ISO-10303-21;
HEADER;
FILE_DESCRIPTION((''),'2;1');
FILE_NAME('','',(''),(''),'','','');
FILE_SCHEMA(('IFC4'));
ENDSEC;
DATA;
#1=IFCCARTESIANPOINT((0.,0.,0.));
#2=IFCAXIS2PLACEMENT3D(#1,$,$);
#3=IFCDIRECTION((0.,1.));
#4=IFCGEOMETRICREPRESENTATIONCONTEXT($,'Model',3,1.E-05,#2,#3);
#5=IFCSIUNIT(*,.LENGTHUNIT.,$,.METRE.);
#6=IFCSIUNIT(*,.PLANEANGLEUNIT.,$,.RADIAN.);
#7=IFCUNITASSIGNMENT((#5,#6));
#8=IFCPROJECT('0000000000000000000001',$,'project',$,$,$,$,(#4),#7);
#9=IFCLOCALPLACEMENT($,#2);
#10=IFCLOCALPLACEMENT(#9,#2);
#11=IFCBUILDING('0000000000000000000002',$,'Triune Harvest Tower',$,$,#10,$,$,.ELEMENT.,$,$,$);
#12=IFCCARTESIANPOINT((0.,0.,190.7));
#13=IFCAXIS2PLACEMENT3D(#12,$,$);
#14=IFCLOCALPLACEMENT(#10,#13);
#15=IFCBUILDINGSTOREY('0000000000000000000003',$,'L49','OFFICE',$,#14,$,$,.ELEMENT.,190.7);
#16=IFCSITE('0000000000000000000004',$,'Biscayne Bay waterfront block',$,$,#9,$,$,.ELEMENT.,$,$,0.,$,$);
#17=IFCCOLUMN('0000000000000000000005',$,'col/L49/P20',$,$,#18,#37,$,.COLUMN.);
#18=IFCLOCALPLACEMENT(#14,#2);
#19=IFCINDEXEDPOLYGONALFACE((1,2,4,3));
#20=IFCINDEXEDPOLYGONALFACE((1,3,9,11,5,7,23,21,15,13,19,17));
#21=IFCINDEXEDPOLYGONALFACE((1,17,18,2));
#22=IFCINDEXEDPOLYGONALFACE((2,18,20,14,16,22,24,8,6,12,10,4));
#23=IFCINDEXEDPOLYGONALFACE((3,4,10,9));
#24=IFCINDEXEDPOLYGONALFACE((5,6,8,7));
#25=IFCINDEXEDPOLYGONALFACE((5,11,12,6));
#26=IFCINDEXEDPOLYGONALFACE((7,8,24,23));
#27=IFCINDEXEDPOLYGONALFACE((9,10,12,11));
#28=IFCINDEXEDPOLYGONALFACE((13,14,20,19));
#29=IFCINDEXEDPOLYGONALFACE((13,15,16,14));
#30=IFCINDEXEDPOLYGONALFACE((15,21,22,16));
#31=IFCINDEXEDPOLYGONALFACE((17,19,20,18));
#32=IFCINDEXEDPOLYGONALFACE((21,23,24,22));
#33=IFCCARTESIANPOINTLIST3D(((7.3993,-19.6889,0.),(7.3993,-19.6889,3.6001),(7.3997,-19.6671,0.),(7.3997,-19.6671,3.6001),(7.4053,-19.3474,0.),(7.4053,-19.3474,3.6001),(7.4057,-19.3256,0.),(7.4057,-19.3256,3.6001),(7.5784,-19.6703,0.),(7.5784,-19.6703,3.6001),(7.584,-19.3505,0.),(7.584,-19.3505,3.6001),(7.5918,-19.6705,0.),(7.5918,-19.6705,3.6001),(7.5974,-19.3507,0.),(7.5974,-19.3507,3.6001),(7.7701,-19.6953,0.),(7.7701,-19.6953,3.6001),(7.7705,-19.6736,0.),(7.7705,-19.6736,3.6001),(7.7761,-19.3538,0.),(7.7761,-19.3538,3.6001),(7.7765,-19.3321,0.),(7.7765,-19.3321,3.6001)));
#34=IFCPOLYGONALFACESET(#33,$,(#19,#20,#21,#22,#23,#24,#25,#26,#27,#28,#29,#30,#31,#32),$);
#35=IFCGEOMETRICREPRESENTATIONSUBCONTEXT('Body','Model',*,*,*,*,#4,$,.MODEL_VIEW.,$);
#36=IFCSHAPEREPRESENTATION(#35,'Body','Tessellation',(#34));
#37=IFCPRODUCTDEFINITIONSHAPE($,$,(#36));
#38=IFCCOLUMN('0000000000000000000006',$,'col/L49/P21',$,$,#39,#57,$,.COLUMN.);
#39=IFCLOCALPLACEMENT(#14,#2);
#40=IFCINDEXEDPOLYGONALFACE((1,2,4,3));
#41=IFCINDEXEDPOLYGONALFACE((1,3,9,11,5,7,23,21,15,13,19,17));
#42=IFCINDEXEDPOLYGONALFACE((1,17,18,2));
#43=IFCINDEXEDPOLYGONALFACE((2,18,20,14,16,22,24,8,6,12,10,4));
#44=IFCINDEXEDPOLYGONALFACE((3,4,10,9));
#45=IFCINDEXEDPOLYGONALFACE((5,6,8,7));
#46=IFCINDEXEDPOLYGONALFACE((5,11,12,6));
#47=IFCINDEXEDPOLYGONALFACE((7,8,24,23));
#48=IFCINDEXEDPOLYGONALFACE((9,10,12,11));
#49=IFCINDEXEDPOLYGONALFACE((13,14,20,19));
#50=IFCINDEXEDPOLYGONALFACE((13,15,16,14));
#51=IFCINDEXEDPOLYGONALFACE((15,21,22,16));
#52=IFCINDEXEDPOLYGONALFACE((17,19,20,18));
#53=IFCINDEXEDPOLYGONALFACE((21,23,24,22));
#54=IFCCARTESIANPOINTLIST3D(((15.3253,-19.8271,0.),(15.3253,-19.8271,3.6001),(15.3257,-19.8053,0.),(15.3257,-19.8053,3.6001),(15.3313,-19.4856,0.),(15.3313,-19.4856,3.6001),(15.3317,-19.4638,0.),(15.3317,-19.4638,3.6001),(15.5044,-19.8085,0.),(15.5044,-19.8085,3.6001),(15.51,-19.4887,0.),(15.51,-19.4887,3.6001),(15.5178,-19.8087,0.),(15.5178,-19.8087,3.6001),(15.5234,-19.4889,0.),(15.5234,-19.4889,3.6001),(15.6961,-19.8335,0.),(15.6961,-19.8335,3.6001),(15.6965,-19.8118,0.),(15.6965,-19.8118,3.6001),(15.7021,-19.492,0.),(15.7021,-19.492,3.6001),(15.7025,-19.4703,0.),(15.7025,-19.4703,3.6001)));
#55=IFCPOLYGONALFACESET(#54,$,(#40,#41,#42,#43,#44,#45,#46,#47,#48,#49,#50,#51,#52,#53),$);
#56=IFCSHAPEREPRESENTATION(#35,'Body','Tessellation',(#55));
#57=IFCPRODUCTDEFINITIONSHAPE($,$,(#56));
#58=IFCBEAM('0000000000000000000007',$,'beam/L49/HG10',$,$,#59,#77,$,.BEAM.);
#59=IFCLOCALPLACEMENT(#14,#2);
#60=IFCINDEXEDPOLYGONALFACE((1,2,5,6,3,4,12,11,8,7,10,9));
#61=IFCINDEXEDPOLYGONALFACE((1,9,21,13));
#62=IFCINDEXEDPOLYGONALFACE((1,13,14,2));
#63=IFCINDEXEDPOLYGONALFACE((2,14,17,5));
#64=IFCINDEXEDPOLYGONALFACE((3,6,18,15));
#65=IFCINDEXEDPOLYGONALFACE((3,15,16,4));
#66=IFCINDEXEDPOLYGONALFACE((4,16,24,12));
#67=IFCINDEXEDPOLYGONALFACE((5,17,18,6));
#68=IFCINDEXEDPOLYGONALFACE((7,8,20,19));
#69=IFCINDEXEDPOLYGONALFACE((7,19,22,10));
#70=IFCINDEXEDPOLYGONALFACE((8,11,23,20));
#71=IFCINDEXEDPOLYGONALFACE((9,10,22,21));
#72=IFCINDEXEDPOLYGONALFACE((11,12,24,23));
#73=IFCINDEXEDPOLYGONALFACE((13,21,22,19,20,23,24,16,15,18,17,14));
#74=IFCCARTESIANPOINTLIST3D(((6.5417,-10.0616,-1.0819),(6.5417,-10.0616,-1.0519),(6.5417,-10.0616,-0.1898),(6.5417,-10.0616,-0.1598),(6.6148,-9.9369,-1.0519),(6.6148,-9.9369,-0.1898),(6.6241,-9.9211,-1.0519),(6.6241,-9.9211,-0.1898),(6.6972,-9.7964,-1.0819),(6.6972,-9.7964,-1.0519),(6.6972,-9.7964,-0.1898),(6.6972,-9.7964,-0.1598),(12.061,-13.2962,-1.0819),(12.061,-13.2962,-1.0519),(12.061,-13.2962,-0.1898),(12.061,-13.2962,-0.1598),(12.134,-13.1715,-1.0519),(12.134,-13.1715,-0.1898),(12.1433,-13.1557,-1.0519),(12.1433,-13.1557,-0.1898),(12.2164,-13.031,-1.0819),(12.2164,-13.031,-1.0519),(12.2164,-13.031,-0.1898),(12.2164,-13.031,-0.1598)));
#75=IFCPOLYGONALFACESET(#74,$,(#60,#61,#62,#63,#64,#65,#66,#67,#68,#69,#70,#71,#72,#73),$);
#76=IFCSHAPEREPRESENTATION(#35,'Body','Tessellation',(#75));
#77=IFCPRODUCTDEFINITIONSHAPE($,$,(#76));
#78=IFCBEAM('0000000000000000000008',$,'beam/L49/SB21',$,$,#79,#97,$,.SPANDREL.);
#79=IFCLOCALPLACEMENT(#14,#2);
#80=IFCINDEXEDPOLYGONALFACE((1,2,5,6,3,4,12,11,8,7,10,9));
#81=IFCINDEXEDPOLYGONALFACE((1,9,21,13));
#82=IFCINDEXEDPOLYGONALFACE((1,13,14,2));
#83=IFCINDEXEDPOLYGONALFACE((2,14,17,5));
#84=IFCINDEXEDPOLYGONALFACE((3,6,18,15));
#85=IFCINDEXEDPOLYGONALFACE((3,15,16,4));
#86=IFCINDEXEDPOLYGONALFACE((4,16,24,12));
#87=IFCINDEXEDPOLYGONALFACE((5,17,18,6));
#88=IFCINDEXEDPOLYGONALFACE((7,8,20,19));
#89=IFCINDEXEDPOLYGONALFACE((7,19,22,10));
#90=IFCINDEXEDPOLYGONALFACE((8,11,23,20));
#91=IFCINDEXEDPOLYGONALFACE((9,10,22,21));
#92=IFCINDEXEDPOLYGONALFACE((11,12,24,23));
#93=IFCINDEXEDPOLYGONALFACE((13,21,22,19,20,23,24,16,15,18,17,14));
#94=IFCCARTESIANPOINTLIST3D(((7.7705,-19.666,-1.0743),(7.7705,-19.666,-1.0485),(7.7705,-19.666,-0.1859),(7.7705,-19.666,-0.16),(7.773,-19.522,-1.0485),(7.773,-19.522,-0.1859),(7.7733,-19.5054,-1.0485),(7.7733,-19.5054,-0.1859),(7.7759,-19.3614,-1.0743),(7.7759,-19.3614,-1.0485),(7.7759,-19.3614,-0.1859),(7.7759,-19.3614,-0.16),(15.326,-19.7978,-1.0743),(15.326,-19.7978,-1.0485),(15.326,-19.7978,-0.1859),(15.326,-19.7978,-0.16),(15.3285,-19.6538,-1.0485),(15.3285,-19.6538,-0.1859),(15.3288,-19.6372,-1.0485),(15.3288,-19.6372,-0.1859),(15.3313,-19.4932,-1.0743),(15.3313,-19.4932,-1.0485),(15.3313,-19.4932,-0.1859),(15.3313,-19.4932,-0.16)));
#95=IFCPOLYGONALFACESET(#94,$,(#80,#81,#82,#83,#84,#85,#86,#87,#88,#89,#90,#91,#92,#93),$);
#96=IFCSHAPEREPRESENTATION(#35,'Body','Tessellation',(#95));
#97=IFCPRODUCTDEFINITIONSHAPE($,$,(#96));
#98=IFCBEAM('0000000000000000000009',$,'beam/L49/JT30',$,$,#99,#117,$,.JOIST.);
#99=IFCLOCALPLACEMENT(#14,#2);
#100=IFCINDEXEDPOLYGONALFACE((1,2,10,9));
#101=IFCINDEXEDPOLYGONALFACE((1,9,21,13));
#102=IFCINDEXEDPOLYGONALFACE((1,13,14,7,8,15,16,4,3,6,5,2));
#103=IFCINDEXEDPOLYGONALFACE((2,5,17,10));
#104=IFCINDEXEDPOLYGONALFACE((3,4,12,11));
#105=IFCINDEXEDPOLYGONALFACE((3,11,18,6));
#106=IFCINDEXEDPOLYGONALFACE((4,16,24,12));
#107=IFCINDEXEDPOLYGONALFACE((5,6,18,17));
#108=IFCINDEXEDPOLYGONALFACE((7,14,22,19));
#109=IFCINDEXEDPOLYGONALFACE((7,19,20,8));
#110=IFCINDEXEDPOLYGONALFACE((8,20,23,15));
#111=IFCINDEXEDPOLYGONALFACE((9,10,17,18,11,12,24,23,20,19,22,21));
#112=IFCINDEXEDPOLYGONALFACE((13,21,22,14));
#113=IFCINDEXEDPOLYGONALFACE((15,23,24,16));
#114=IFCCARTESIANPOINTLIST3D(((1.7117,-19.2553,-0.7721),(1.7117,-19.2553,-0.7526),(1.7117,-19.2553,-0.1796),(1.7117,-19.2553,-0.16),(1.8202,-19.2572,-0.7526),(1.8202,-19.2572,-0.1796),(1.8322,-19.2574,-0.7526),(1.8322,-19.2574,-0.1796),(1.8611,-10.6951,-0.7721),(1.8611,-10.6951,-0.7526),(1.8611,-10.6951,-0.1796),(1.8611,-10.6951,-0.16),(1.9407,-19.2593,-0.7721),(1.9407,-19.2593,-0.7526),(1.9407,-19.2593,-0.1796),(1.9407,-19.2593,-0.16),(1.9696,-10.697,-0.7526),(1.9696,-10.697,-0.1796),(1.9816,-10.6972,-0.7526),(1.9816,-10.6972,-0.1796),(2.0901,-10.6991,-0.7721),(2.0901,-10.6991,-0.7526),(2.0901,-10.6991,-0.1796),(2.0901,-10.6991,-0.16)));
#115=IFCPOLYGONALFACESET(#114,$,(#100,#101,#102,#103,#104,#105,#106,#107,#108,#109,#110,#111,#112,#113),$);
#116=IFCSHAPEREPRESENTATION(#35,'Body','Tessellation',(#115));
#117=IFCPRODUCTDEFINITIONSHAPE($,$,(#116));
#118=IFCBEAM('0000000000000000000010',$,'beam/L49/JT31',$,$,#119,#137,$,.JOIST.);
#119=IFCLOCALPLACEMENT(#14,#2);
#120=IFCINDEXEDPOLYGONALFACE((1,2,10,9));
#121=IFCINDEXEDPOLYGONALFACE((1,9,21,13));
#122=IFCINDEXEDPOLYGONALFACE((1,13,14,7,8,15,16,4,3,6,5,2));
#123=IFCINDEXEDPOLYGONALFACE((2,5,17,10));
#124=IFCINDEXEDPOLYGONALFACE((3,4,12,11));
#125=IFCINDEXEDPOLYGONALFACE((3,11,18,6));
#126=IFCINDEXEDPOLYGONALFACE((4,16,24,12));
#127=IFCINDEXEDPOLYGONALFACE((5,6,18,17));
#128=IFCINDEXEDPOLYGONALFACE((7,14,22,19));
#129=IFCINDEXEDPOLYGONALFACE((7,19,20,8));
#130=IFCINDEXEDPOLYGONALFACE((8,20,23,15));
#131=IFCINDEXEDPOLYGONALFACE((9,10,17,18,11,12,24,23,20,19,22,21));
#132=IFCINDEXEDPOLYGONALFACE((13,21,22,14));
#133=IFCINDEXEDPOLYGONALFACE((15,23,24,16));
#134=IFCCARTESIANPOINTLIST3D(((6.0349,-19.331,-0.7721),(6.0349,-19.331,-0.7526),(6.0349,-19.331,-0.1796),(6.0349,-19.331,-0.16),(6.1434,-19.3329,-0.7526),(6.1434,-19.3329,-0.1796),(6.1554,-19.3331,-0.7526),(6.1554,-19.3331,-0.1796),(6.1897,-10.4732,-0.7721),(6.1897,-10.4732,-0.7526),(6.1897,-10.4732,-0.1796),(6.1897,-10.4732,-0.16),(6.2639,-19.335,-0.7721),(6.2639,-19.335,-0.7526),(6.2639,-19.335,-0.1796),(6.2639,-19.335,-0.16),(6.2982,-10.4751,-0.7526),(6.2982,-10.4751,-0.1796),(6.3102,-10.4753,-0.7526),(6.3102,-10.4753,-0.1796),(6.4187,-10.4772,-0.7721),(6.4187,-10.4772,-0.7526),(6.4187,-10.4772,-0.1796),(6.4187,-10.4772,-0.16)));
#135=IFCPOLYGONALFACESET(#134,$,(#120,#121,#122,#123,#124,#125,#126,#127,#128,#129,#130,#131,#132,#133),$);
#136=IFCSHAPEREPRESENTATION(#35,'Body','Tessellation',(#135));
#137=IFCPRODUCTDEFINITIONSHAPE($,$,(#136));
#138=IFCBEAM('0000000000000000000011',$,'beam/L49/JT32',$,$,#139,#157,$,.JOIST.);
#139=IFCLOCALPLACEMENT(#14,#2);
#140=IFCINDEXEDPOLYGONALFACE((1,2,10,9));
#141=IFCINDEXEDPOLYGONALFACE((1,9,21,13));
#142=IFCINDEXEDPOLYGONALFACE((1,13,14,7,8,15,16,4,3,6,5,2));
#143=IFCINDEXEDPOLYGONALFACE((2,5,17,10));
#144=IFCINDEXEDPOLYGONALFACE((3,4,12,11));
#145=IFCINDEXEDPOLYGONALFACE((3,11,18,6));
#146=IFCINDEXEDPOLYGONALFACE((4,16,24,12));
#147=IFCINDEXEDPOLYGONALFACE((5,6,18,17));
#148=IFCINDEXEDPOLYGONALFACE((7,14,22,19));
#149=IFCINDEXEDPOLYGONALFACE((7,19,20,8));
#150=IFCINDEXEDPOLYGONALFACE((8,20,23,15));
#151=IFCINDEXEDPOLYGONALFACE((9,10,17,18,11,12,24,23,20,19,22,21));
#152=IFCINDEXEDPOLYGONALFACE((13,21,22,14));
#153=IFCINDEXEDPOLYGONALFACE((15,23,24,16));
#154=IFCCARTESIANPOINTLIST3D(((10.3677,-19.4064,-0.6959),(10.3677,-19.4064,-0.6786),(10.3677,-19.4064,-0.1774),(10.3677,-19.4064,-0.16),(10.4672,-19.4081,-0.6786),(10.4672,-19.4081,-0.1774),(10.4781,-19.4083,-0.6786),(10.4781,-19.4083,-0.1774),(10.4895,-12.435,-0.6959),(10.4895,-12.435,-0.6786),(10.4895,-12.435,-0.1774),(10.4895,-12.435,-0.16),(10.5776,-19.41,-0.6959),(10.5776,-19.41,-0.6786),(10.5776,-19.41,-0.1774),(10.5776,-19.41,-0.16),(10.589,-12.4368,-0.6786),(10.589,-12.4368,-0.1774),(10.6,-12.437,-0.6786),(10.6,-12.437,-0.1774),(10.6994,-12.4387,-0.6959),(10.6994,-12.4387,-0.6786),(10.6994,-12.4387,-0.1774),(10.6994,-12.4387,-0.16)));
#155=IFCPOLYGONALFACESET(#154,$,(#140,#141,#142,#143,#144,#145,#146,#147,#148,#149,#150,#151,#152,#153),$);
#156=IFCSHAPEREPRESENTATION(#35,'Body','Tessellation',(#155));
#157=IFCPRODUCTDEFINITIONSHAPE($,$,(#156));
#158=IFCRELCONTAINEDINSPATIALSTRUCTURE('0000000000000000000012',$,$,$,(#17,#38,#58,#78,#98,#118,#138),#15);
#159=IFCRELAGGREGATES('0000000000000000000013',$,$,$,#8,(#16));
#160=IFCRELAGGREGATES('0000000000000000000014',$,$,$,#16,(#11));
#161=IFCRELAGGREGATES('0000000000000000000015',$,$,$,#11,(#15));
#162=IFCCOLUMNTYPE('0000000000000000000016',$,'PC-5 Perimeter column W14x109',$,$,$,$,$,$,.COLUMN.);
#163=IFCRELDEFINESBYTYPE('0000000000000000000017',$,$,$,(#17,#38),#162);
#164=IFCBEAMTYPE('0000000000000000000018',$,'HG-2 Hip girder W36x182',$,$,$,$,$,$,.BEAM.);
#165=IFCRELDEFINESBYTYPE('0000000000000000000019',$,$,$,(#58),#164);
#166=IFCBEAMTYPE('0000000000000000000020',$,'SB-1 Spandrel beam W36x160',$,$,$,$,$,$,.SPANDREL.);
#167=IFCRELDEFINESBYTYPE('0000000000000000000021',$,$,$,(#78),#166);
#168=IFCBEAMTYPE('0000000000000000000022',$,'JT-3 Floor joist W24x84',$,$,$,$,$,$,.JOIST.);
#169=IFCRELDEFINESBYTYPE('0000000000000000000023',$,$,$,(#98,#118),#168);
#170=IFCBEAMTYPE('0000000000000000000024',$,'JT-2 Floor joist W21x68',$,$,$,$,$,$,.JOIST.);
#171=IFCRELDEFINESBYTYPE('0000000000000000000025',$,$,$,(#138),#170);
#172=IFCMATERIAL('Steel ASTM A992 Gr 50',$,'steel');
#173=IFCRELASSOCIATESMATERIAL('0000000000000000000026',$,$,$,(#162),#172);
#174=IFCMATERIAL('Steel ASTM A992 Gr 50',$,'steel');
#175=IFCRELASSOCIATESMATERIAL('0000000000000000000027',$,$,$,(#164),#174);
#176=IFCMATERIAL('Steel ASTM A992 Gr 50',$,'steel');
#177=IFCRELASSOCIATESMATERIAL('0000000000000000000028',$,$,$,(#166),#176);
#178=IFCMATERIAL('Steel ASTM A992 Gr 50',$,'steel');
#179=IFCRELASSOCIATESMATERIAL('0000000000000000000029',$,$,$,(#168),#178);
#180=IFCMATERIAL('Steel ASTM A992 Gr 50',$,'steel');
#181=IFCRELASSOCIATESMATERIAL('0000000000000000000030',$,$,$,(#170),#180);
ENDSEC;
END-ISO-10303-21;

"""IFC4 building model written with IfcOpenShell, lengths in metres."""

from ifc_helpers import new_model, si_unit, direction, frame, origin, origin_2d, place, context, subcontext, project, spatial, i_section, extrude, source, transform, mapped, material, material_profile, profile_set, type_object, element, save


model = new_model("IFC4")

# Units and contexts
model_context = context("Model", 3, precision=1e-05, world=origin(), true_north=direction((0.0, 1.0)))
body_context = subcontext(model_context, "Body", "Model", "MODEL_VIEW")
ifc_project = project(units=[si_unit("LENGTHUNIT", "METRE"), si_unit("PLANEANGLEUNIT", "RADIAN")], contexts=[model_context])

# Site, building, storey
site_placement = place(None, origin())
site = spatial("IfcSite", under=ifc_project, at=site_placement, Name="Biscayne Bay waterfront block", CompositionType="ELEMENT", RefElevation=0.0)
building_placement = place(site_placement, origin())
building = spatial("IfcBuilding", under=site, at=building_placement, Name="Triune Harvest Tower", CompositionType="ELEMENT")
storey_placement = place(building_placement, frame((0.0, 0.0, 190.7)))
storey = spatial("IfcBuildingStorey", under=building, at=storey_placement, Name="L49", Description="OFFICE", CompositionType="ELEMENT", Elevation=190.7)

# Columns
ifc_material_1 = material(Name="Steel ASTM A992 Gr 50", Category="steel")
ifc_material_profile_1 = material_profile(ifc_material_1, i_section(OverallWidth=0.3708, OverallDepth=0.3633, WebThickness=0.0134, FlangeThickness=0.0217, at=origin_2d()), Name="W14x109")
ifc_profile_set_1 = profile_set([ifc_material_profile_1], Name="Steel ASTM A992 Gr 50")
column_type = type_object("IfcColumnType", Name="PC-5 Perimeter column W14x109", PredefinedType="COLUMN", material=ifc_profile_set_1)
shared_shape_1 = source(origin(), body_context, "Body", "SweptSolid", [
    extrude(i_section(OverallWidth=0.3708, OverallDepth=0.3633, WebThickness=0.0134, FlangeThickness=0.0217, at=origin_2d()), origin(), (0.0, 0.0, 1.0), 3.6001),
])
for number, where, z_axis, x_axis, name in (
    (1, (7.5879, -19.5105, 0.0), (0.0, 0.0, 1.0), (0.999848, -0.017452, 0.0), "col/L49/P20"),
    (2, (15.5139, -19.6487, 0.0), (0.0, 0.0, 1.0), (0.999848, -0.017452, 0.0), "col/L49/P21"),
):
    element("IfcColumn", number, at=place(storey_placement, frame(where, z_axis=z_axis, x_axis=x_axis)), inside=storey, type_object=column_type, Name=name, PredefinedType="COLUMN", context=body_context, shape_type="MappedRepresentation", body=[
        mapped(shared_shape_1, transform((0.0, 0.0, 0.0), scale=1.0)),
    ])

# Beams
ifc_material_2 = material(Name="Steel ASTM A992 Gr 50", Category="steel")
ifc_material_profile_2 = material_profile(ifc_material_2, i_section(OverallWidth=0.3074, OverallDepth=0.9221, WebThickness=0.0183, FlangeThickness=0.03, at=origin_2d()), Name="W36x182")
ifc_profile_set_2 = profile_set([ifc_material_profile_2], Name="Steel ASTM A992 Gr 50")
beam_type_1 = type_object("IfcBeamType", Name="HG-2 Hip girder W36x182", PredefinedType="BEAM", material=ifc_profile_set_2)
shared_shape_2 = source(origin(), body_context, "Body", "SweptSolid", [
    extrude(i_section(OverallWidth=0.3074, OverallDepth=0.9221, WebThickness=0.0183, FlangeThickness=0.03, at=origin_2d()), origin(), (0.0, 0.0, 1.0), 6.3972),
])
beam_1_placement = place(storey_placement, frame((12.1387, -13.1636, -0.6208), z_axis=(-0.862754, 0.505624, 0.0), x_axis=(-0.505624, -0.862754, 0.0)))
element("IfcBeam", 3, at=beam_1_placement, inside=storey, type_object=beam_type_1, Name="beam/L49/HG10", PredefinedType="BEAM", context=body_context, shape_type="MappedRepresentation", body=[
    mapped(shared_shape_2, transform((0.0, 0.0, 0.0), scale=1.0)),
])
ifc_material_3 = material(Name="Steel ASTM A992 Gr 50", Category="steel")
ifc_material_profile_3 = material_profile(ifc_material_3, i_section(OverallWidth=0.3047, OverallDepth=0.9143, WebThickness=0.0166, FlangeThickness=0.0259, at=origin_2d()), Name="W36x160")
ifc_profile_set_3 = profile_set([ifc_material_profile_3], Name="Steel ASTM A992 Gr 50")
beam_type_2 = type_object("IfcBeamType", Name="SB-1 Spandrel beam W36x160", PredefinedType="SPANDREL", material=ifc_profile_set_3)
shared_shape_3 = source(origin(), body_context, "Body", "SweptSolid", [
    extrude(i_section(OverallWidth=0.3047, OverallDepth=0.9143, WebThickness=0.0166, FlangeThickness=0.0259, at=origin_2d()), origin(), (0.0, 0.0, 1.0), 7.5566),
])
beam_2_placement = place(storey_placement, frame((7.7732, -19.5137, -0.6172), z_axis=(0.999848, -0.017447, 0.0), x_axis=(0.017447, 0.999848, 0.0)))
element("IfcBeam", 4, at=beam_2_placement, inside=storey, type_object=beam_type_2, Name="beam/L49/SB21", PredefinedType="SPANDREL", context=body_context, shape_type="MappedRepresentation", body=[
    mapped(shared_shape_3, transform((0.0, 0.0, 0.0), scale=1.0)),
])
ifc_material_4 = material(Name="Steel ASTM A992 Gr 50", Category="steel")
ifc_material_profile_4 = material_profile(ifc_material_4, i_section(OverallWidth=0.229, OverallDepth=0.6121, WebThickness=0.012, FlangeThickness=0.0195, at=origin_2d()), Name="W24x84")
ifc_profile_set_4 = profile_set([ifc_material_profile_4], Name="Steel ASTM A992 Gr 50")
beam_type_3 = type_object("IfcBeamType", Name="JT-3 Floor joist W24x84", PredefinedType="JOIST", material=ifc_profile_set_4)
shared_shape_4 = source(origin(), body_context, "Body", "SweptSolid", [
    extrude(i_section(OverallWidth=0.229, OverallDepth=0.6121, WebThickness=0.012, FlangeThickness=0.0195, at=origin_2d()), origin(), (0.0, 0.0, 1.0), 8.5615),
])
beam_3_placement = place(storey_placement, frame((1.8262, -19.2573, -0.4661), z_axis=(0.017452, 0.999848, 0.0), x_axis=(-0.999848, 0.017452, 0.0)))
element("IfcBeam", 5, at=beam_3_placement, inside=storey, type_object=beam_type_3, Name="beam/L49/JT30", PredefinedType="JOIST", context=body_context, shape_type="MappedRepresentation", body=[
    mapped(shared_shape_4, transform((0.0, 0.0, 0.0), scale=1.0)),
])
shared_shape_5 = source(origin(), body_context, "Body", "SweptSolid", [
    extrude(i_section(OverallWidth=0.229, OverallDepth=0.6121, WebThickness=0.012, FlangeThickness=0.0195, at=origin_2d()), origin(), (0.0, 0.0, 1.0), 8.8591),
])
beam_4_placement = place(storey_placement, frame((6.1494, -19.333, -0.4661), z_axis=(0.017472, 0.999847, 0.0), x_axis=(-0.999847, 0.017472, 0.0)))
element("IfcBeam", 6, at=beam_4_placement, inside=storey, type_object=beam_type_3, Name="beam/L49/JT31", PredefinedType="JOIST", context=body_context, shape_type="MappedRepresentation", body=[
    mapped(shared_shape_5, transform((0.0, 0.0, 0.0), scale=1.0)),
])
ifc_material_5 = material(Name="Steel ASTM A992 Gr 50", Category="steel")
ifc_material_profile_5 = material_profile(ifc_material_5, i_section(OverallWidth=0.21, OverallDepth=0.5359, WebThickness=0.011, FlangeThickness=0.0173, at=origin_2d()), Name="W21x68")
ifc_profile_set_5 = profile_set([ifc_material_profile_5], Name="Steel ASTM A992 Gr 50")
beam_type_4 = type_object("IfcBeamType", Name="JT-2 Floor joist W21x68", PredefinedType="JOIST", material=ifc_profile_set_5)
shared_shape_6 = source(origin(), body_context, "Body", "SweptSolid", [
    extrude(i_section(OverallWidth=0.21, OverallDepth=0.5359, WebThickness=0.011, FlangeThickness=0.0173, at=origin_2d()), origin(), (0.0, 0.0, 1.0), 6.9724),
])
beam_5_placement = place(storey_placement, frame((10.4727, -19.4082, -0.428), z_axis=(0.017472, 0.999847, 0.0), x_axis=(-0.999847, 0.017472, 0.0)))
element("IfcBeam", 7, at=beam_5_placement, inside=storey, type_object=beam_type_4, Name="beam/L49/JT32", PredefinedType="JOIST", context=body_context, shape_type="MappedRepresentation", body=[
    mapped(shared_shape_6, transform((0.0, 0.0, 0.0), scale=1.0)),
])

save(model, "model.ifc")
